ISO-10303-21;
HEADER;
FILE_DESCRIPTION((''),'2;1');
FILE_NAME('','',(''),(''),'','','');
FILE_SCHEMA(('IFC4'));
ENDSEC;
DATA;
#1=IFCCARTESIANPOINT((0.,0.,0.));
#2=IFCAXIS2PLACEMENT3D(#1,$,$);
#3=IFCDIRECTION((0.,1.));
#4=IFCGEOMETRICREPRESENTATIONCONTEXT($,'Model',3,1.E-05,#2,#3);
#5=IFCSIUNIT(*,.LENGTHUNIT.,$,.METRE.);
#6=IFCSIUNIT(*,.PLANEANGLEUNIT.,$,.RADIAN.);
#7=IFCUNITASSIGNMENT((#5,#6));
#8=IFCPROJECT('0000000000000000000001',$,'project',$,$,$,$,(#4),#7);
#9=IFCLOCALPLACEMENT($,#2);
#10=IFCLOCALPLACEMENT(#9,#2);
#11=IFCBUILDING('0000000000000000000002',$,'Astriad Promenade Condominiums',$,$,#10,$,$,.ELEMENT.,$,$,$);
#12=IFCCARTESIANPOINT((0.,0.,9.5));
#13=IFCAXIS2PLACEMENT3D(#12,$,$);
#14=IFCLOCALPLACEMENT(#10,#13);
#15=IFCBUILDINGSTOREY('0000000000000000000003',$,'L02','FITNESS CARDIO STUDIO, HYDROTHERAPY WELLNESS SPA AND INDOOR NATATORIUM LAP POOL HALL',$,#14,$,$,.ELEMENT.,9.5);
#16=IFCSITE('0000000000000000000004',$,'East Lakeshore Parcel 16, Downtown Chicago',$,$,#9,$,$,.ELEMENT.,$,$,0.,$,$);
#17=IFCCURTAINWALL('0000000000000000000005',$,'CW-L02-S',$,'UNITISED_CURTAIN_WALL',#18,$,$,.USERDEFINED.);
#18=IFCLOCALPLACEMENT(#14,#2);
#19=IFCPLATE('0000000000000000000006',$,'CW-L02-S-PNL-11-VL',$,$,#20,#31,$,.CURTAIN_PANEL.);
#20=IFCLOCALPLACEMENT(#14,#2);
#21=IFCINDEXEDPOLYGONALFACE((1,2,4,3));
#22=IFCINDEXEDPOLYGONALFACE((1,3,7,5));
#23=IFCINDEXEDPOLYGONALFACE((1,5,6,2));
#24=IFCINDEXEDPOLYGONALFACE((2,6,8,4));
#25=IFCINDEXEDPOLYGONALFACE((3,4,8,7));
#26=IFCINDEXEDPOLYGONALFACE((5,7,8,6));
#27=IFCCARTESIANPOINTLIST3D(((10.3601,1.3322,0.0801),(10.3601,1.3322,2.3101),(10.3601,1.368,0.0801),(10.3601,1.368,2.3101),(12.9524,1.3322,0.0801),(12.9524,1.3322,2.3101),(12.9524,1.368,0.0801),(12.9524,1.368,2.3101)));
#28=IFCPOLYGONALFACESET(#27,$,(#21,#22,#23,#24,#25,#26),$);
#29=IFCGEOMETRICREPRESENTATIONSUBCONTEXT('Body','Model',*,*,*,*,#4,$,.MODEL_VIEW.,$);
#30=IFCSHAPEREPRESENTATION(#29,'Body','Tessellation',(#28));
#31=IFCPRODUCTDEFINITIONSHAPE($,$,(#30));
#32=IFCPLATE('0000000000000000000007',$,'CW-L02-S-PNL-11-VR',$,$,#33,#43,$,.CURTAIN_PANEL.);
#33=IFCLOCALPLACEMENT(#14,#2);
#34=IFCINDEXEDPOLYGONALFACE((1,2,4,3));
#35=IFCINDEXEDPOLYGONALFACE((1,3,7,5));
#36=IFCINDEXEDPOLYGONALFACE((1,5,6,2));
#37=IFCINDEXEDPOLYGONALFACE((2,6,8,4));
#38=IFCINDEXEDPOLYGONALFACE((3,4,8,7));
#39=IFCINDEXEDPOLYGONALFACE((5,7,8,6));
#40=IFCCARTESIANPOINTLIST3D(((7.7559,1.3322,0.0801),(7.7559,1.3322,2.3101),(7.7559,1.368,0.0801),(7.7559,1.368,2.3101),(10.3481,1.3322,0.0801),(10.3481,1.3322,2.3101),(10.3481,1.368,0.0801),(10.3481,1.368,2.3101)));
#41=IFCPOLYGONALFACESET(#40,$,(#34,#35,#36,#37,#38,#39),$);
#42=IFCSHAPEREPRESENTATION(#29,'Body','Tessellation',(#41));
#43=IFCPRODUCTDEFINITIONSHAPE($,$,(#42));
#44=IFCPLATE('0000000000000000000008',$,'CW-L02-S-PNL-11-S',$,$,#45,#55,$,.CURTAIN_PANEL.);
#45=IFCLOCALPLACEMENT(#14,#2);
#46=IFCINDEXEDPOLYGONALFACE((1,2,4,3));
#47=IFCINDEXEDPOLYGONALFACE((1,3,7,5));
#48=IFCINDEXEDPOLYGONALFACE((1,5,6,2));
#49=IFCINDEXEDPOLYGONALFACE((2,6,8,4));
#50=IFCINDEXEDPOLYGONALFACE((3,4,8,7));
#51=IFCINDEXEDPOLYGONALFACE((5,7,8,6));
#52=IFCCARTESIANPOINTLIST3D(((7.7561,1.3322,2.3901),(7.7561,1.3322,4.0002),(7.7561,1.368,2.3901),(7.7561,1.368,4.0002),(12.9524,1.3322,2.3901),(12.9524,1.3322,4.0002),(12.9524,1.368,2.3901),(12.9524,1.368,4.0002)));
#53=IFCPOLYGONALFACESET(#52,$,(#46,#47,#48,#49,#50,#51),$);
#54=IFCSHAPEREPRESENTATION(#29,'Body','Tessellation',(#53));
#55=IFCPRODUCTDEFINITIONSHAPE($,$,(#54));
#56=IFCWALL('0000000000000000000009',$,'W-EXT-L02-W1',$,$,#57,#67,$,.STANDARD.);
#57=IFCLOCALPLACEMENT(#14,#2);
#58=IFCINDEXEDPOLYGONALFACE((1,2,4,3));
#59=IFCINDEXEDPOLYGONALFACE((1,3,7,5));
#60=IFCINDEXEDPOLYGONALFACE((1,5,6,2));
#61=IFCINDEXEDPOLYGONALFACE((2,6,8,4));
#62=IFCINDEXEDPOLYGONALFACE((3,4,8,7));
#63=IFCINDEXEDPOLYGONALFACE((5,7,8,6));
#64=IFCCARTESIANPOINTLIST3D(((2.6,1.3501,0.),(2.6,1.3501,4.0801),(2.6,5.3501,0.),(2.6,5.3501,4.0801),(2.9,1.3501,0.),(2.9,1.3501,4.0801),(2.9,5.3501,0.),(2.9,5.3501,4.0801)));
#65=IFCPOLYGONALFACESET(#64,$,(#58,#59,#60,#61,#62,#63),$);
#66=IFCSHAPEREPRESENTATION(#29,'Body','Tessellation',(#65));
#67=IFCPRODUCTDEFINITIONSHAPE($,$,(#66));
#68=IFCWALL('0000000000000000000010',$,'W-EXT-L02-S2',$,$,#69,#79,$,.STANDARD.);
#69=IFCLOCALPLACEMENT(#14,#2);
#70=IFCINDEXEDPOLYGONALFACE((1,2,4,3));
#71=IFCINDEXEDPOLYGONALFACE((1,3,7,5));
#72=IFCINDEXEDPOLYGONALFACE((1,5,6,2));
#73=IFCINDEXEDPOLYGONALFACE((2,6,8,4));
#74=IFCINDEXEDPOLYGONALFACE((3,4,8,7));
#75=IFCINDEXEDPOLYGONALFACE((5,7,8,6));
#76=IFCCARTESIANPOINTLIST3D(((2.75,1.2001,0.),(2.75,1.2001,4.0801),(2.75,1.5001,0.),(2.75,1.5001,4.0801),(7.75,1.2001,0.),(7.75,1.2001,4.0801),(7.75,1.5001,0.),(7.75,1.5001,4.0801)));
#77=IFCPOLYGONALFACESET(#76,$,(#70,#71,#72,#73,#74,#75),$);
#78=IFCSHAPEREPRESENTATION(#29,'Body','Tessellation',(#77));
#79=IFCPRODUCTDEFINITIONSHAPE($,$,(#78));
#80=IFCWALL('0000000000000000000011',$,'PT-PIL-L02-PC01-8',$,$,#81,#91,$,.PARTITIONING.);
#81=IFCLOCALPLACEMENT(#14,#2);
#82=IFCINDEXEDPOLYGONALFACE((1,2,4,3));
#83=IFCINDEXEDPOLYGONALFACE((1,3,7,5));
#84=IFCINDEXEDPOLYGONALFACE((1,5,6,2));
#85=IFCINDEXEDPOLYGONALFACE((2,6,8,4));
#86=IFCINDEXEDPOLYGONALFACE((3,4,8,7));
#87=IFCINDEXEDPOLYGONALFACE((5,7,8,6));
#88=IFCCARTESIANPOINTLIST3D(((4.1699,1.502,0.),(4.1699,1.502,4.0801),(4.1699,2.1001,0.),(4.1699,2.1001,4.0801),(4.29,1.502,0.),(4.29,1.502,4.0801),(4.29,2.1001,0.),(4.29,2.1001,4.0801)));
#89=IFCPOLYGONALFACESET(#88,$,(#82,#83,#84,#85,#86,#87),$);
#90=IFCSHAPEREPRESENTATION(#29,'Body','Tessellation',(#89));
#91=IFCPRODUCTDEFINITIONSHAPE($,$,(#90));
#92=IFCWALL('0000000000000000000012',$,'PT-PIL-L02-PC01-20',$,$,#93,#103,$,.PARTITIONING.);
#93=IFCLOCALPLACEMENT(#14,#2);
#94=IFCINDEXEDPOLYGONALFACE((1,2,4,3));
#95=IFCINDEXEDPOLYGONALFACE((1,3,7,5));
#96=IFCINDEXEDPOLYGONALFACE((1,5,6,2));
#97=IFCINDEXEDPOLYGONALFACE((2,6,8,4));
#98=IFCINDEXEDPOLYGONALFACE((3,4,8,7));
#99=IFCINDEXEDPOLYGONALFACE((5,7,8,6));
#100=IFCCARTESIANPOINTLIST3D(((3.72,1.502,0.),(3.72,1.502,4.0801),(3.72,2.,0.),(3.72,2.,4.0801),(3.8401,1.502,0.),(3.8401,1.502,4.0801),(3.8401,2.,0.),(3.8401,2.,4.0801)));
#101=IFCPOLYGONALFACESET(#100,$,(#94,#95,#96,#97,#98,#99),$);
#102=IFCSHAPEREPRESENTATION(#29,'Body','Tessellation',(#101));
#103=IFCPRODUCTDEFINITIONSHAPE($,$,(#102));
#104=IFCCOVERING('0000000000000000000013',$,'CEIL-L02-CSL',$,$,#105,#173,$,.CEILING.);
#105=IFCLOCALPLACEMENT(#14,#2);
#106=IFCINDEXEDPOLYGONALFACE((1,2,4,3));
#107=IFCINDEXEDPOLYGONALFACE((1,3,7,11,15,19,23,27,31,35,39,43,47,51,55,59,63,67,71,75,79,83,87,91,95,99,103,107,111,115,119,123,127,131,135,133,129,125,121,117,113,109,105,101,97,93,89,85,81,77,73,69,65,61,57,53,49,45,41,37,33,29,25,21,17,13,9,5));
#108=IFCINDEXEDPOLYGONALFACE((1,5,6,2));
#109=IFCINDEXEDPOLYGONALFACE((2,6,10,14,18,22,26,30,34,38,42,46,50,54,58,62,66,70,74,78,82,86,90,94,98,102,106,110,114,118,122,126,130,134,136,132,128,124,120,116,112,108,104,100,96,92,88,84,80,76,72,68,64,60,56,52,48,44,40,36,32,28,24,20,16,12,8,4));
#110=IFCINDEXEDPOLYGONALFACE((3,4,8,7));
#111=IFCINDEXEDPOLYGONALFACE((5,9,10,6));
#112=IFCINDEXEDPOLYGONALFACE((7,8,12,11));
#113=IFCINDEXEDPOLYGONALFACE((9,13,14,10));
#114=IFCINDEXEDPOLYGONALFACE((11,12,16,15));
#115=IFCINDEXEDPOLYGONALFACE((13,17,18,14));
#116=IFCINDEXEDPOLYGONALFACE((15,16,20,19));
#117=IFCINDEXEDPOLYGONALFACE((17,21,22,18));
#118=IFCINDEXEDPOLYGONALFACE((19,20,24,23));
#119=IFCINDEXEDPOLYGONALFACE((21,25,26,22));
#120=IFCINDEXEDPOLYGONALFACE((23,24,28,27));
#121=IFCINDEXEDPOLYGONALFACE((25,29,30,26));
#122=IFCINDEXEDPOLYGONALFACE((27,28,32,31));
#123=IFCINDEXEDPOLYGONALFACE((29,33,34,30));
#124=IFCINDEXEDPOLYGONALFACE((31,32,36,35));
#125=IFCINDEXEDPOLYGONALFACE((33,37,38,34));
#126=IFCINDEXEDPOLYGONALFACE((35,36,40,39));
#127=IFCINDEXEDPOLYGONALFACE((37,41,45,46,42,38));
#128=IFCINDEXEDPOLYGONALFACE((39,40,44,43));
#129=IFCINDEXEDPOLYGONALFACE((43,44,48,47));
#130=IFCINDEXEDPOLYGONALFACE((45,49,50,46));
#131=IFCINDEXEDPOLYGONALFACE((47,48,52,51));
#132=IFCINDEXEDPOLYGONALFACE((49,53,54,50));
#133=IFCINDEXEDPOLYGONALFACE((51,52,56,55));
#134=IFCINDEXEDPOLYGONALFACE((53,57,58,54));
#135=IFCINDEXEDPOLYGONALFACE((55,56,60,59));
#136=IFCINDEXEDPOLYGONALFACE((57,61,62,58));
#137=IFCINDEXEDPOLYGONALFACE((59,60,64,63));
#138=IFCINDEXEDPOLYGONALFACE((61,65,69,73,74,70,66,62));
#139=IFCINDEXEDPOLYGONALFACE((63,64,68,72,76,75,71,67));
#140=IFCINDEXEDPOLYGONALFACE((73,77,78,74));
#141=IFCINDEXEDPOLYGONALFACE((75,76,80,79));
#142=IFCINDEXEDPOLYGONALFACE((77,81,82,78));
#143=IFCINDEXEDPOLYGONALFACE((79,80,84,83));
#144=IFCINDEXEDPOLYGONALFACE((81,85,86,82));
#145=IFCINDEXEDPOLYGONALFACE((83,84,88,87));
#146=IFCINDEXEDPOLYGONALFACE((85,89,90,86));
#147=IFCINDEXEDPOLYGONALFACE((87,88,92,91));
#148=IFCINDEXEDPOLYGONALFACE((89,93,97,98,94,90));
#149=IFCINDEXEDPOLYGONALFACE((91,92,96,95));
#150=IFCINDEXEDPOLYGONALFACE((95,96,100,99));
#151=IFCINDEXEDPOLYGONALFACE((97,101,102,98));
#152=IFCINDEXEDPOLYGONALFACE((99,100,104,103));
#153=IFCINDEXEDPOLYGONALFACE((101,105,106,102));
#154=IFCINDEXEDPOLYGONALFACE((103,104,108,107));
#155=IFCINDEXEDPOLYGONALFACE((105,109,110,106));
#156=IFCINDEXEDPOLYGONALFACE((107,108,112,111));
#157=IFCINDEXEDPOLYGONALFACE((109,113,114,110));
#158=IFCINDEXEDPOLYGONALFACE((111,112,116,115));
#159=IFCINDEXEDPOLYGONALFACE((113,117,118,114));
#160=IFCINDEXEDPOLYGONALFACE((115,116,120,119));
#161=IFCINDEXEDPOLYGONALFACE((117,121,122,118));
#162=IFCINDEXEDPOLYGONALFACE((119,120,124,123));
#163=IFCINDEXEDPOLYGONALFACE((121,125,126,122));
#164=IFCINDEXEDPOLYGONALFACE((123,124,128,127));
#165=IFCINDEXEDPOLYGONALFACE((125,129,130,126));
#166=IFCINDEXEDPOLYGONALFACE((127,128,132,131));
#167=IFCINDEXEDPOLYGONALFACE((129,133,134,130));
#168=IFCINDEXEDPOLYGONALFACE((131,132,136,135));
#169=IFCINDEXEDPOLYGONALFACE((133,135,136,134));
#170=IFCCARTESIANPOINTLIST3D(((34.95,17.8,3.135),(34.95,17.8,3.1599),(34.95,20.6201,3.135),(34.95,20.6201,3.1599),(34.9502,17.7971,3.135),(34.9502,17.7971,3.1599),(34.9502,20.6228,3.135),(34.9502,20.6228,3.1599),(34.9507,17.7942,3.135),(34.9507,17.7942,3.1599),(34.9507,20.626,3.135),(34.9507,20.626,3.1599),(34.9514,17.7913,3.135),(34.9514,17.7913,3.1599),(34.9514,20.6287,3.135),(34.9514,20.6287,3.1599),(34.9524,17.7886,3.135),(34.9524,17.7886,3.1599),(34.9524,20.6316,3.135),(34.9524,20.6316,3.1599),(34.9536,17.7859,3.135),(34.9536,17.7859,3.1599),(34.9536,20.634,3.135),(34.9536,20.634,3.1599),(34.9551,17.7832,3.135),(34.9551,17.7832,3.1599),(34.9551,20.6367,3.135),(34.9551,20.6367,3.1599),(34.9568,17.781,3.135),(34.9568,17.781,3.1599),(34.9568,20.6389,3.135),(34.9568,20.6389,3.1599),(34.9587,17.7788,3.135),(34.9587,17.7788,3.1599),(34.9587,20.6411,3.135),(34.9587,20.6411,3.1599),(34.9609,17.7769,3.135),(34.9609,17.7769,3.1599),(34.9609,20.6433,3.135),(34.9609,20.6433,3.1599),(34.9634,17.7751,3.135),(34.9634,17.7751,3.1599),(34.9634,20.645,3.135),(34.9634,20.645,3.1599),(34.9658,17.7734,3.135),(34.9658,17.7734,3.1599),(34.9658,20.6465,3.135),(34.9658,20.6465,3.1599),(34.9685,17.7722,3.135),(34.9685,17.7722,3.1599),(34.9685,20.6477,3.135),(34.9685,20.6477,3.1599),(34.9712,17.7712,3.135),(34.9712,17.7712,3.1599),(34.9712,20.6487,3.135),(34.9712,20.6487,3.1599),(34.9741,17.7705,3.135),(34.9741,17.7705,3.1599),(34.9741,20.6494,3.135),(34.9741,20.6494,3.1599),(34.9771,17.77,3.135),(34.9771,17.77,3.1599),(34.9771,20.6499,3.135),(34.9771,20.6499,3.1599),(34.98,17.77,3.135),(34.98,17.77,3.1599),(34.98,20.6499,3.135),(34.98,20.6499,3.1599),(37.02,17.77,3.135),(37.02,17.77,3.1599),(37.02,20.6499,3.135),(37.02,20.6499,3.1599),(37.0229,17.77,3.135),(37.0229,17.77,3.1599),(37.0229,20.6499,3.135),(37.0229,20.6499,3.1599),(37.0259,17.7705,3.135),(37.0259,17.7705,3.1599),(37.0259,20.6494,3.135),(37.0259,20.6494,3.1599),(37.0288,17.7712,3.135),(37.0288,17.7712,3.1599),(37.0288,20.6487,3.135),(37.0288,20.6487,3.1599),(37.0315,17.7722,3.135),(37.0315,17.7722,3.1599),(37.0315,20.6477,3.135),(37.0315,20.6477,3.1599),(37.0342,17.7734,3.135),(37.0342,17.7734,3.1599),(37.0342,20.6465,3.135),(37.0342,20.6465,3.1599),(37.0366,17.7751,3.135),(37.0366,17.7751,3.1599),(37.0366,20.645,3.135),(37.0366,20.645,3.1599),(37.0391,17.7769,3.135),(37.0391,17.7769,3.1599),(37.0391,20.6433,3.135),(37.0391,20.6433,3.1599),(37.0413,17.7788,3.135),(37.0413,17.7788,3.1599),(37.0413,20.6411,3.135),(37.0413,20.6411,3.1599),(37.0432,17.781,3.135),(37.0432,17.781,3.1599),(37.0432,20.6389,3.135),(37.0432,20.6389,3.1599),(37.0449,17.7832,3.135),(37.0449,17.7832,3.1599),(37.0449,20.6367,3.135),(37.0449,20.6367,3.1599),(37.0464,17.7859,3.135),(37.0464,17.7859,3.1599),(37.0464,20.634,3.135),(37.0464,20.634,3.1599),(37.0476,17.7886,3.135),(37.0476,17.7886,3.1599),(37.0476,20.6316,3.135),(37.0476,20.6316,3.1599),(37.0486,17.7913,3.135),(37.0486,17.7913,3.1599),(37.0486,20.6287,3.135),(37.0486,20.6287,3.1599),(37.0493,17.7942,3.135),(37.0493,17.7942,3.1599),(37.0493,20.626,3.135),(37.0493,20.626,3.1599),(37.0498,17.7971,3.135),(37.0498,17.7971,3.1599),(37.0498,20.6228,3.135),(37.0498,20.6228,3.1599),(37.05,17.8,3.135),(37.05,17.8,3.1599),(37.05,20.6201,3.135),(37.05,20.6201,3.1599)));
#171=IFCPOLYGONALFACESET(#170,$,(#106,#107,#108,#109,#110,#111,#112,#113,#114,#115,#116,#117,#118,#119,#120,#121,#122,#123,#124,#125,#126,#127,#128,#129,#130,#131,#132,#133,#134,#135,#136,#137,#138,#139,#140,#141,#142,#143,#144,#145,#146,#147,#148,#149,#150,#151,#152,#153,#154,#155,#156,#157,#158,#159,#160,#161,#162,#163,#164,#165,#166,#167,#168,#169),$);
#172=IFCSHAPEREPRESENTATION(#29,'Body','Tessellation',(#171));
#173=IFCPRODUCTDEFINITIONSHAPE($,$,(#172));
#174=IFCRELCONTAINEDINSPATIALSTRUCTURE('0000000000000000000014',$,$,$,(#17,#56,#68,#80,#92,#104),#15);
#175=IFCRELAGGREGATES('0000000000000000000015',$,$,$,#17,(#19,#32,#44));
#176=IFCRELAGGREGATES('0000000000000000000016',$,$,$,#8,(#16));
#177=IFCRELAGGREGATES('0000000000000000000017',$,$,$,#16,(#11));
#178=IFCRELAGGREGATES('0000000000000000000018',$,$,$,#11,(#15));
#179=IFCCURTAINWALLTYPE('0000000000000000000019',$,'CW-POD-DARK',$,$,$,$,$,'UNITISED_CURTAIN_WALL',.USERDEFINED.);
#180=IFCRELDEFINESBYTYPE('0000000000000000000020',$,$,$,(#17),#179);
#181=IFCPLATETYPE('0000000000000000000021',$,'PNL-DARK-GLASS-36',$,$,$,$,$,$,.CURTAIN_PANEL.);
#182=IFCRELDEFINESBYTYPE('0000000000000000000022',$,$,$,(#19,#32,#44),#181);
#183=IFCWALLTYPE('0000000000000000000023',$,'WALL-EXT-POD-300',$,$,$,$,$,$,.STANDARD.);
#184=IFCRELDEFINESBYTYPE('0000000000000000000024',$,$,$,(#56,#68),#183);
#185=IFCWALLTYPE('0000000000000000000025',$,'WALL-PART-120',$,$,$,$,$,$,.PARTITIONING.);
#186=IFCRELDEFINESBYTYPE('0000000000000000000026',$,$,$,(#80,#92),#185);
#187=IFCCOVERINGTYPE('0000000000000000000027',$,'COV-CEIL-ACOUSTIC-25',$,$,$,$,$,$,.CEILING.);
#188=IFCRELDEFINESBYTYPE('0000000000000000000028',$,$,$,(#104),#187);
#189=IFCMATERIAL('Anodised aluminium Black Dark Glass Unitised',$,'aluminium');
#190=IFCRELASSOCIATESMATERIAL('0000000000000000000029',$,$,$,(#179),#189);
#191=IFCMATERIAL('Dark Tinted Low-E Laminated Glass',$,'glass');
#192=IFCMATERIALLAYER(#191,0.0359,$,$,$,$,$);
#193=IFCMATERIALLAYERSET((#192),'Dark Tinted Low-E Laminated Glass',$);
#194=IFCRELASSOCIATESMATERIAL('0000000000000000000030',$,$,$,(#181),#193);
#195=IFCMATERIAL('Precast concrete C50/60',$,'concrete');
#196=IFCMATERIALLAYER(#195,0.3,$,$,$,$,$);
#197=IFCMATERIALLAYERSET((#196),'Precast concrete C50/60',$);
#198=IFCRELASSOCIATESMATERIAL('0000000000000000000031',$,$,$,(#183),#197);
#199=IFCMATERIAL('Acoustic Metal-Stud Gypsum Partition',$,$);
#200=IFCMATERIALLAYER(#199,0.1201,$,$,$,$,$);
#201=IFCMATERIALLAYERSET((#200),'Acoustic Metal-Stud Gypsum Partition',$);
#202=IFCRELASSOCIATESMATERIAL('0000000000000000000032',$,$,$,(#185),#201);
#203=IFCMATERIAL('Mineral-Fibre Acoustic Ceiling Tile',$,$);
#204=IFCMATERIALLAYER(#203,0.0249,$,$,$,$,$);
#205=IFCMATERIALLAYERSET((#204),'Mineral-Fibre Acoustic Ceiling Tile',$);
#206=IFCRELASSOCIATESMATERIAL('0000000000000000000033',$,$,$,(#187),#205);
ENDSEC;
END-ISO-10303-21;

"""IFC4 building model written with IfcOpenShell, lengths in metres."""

from ifc_helpers import new_model, si_unit, direction, frame, frame_2d, origin, origin_2d, place, context, subcontext, project, spatial, polyline, rectangle, outline, extrude, source, transform, mapped, material, layer, layer_set, type_object, type_shapes, element, aggregate, save


model = new_model("IFC4")

# Units and contexts
model_context = context("Model", 3, precision=1e-05, world=origin(), true_north=direction((0.0, 1.0)))
body_context = subcontext(model_context, "Body", "Model", "MODEL_VIEW")
ifc_project = project(units=[si_unit("LENGTHUNIT", "METRE"), si_unit("PLANEANGLEUNIT", "RADIAN")], contexts=[model_context])

# Site, building, storey
site_placement = place(None, origin())
site = spatial("IfcSite", under=ifc_project, at=site_placement, Name="East Lakeshore Parcel 16, Downtown Chicago", CompositionType="ELEMENT", RefElevation=0.0)
building_placement = place(site_placement, origin())
building = spatial("IfcBuilding", under=site, at=building_placement, Name="Astriad Promenade Condominiums", CompositionType="ELEMENT")
storey_placement = place(building_placement, frame((0.0, 0.0, 9.5)))
storey = spatial("IfcBuildingStorey", under=building, at=storey_placement, Name="L02", Description="FITNESS CARDIO STUDIO, HYDROTHERAPY WELLNESS SPA AND INDOOR NATATORIUM LAP POOL HALL", CompositionType="ELEMENT", Elevation=9.5)

# Curtain wall
ifc_material_1 = material(Name="Anodised aluminium Black Dark Glass Unitised", Category="aluminium")
curtain_wall_type = type_object("IfcCurtainWallType", Name="CW-POD-DARK", ElementType="UNITISED_CURTAIN_WALL", PredefinedType="USERDEFINED", material=ifc_material_1)
curtain_wall_placement = place(storey_placement, origin())
curtain_wall = element("IfcCurtainWall", 1, at=curtain_wall_placement, inside=storey, type_object=curtain_wall_type, Name="CW-L02-S", ObjectType="UNITISED_CURTAIN_WALL", PredefinedType="USERDEFINED")

# Plates
ifc_material_2 = material(Name="Dark Tinted Low-E Laminated Glass", Category="glass")
ifc_layer_1 = layer(ifc_material_2, 0.0359)
ifc_layer_set_1 = layer_set([ifc_layer_1], Name="Dark Tinted Low-E Laminated Glass")
plate_type_1 = type_object("IfcPlateType", Name="PNL-DARK-GLASS-36", PredefinedType="CURTAIN_PANEL", material=ifc_layer_set_1)
shared_shape_1 = source(origin(), body_context, "Body", "SweptSolid", [
    extrude(rectangle(XDim=2.5923, YDim=0.0359, at=origin_2d()), origin(), (0.0, 0.0, 1.0), 2.23),
])
plate_1_placement = place(storey_placement, frame((11.6562, 1.3501, 0.0801), z_axis=(0.0, 0.0, 1.0), x_axis=(-1.0, 0.0, 0.0)))
plate_1 = element("IfcPlate", 2, at=plate_1_placement, type_object=plate_type_1, Name="CW-L02-S-PNL-11-VL", PredefinedType="CURTAIN_PANEL", context=body_context, shape_type="MappedRepresentation", body=[
    mapped(shared_shape_1, transform((0.0, 0.0, 0.0), scale=1.0)),
])
plate_2_placement = place(storey_placement, frame((9.052, 1.3501, 0.0801), z_axis=(0.0, 0.0, 1.0), x_axis=(-1.0, 0.0, 0.0)))
plate_2 = element("IfcPlate", 3, at=plate_2_placement, type_object=plate_type_1, Name="CW-L02-S-PNL-11-VR", PredefinedType="CURTAIN_PANEL", context=body_context, shape_type="MappedRepresentation", body=[
    mapped(shared_shape_1, transform((0.0, 0.0, 0.0), scale=1.0)),
])
shared_shape_2 = source(origin(), body_context, "Body", "SweptSolid", [
    extrude(rectangle(XDim=5.1963, YDim=0.0359, at=origin_2d()), origin(), (0.0, 0.0, 1.0), 1.6101),
])
type_shapes(plate_type_1, [shared_shape_1, shared_shape_2])
plate_3_placement = place(storey_placement, frame((10.3542, 1.3501, 2.3901), z_axis=(0.0, 0.0, 1.0), x_axis=(-1.0, 0.0, 0.0)))
plate_3 = element("IfcPlate", 4, at=plate_3_placement, type_object=plate_type_1, Name="CW-L02-S-PNL-11-S", PredefinedType="CURTAIN_PANEL", context=body_context, shape_type="MappedRepresentation", body=[
    mapped(shared_shape_2, transform((0.0, 0.0, 0.0), scale=1.0)),
])
aggregate(curtain_wall, [plate_1, plate_2, plate_3])

# Walls
ifc_material_3 = material(Name="Precast concrete C50/60", Category="concrete")
ifc_layer_2 = layer(ifc_material_3, 0.3)
ifc_layer_set_2 = layer_set([ifc_layer_2], Name="Precast concrete C50/60")
wall_type_1 = type_object("IfcWallType", Name="WALL-EXT-POD-300", PredefinedType="STANDARD", material=ifc_layer_set_2)
wall_1_placement = place(storey_placement, frame((2.75, 1.3501, 0.0), z_axis=(0.0, 0.0, 1.0), x_axis=(0.0, 1.0, 0.0)))
element("IfcWall", 5, at=wall_1_placement, inside=storey, type_object=wall_type_1, Name="W-EXT-L02-W1", PredefinedType="STANDARD", context=body_context, shape_type="SweptSolid", body=[
    extrude(rectangle(XDim=4.0, YDim=0.3, at=frame_2d((2.0, 0.0))), origin(), (0.0, 0.0, 1.0), 4.0801),
])
wall_2_placement = place(storey_placement, frame((7.75, 1.3501, 0.0), z_axis=(0.0, 0.0, 1.0), x_axis=(-1.0, 0.0, 0.0)))
element("IfcWall", 6, at=wall_2_placement, inside=storey, type_object=wall_type_1, Name="W-EXT-L02-S2", PredefinedType="STANDARD", context=body_context, shape_type="SweptSolid", body=[
    extrude(rectangle(XDim=5.0, YDim=0.3, at=frame_2d((2.5, 0.0))), origin(), (0.0, 0.0, 1.0), 4.0801),
])
ifc_material_4 = material(Name="Acoustic Metal-Stud Gypsum Partition")
ifc_layer_3 = layer(ifc_material_4, 0.1201)
ifc_layer_set_3 = layer_set([ifc_layer_3], Name="Acoustic Metal-Stud Gypsum Partition")
wall_type_2 = type_object("IfcWallType", Name="WALL-PART-120", PredefinedType="PARTITIONING", material=ifc_layer_set_3)
wall_3_placement = place(storey_placement, frame((4.23, 2.1001, 0.0), z_axis=(0.0, 0.0, 1.0), x_axis=(0.0, -1.0, 0.0)))
element("IfcWall", 7, at=wall_3_placement, inside=storey, type_object=wall_type_2, Name="PT-PIL-L02-PC01-8", PredefinedType="PARTITIONING", context=body_context, shape_type="SweptSolid", body=[
    extrude(rectangle(XDim=0.5981, YDim=0.1201, at=frame_2d((0.2991, 0.0))), origin(), (0.0, 0.0, 1.0), 4.0801),
])
wall_4_placement = place(storey_placement, frame((3.78, 2.0, 0.0), z_axis=(0.0, 0.0, 1.0), x_axis=(0.0, -1.0, 0.0)))
element("IfcWall", 8, at=wall_4_placement, inside=storey, type_object=wall_type_2, Name="PT-PIL-L02-PC01-20", PredefinedType="PARTITIONING", context=body_context, shape_type="SweptSolid", body=[
    extrude(rectangle(XDim=0.498, YDim=0.1201, at=frame_2d((0.249, 0.0))), origin(), (0.0, 0.0, 1.0), 4.0801),
])

# Covering
ifc_material_5 = material(Name="Mineral-Fibre Acoustic Ceiling Tile")
ifc_layer_4 = layer(ifc_material_5, 0.0249)
ifc_layer_set_4 = layer_set([ifc_layer_4], Name="Mineral-Fibre Acoustic Ceiling Tile")
covering_type_1 = type_object("IfcCoveringType", Name="COV-CEIL-ACOUSTIC-25", PredefinedType="CEILING", material=ifc_layer_set_4)
covering_1_placement = place(storey_placement, frame((0.0, 0.0, 3.135)))
element("IfcCovering", 9, at=covering_1_placement, inside=storey, type_object=covering_type_1, Name="CEIL-L02-CSL", PredefinedType="CEILING", context=body_context, shape_type="SweptSolid", body=[
    extrude(outline(polyline([(34.98, 17.77), (34.9771, 17.77), (34.9741, 17.7705), (34.9712, 17.7712), (34.9685, 17.7722), (34.9658, 17.7734), (34.9634, 17.7751), (34.9609, 17.7769), (34.9587, 17.7788), (34.9568, 17.781), (34.9551, 17.7832), (34.9536, 17.7859), (34.9524, 17.7886), (34.9514, 17.7913), (34.9507, 17.7942), (34.9502, 17.7971), (34.95, 17.8), (34.95, 20.6201), (34.9502, 20.6228), (34.9507, 20.626), (34.9514, 20.6287), (34.9524, 20.6316), (34.9536, 20.634), (34.9551, 20.6367), (34.9568, 20.6389), (34.9587, 20.6411), (34.9609, 20.6433), (34.9634, 20.645), (34.9658, 20.6465), (34.9685, 20.6477), (34.9712, 20.6487), (34.9741, 20.6494), (34.9771, 20.6499), (34.98, 20.6499), (37.02, 20.6499), (37.0229, 20.6499), (37.0259, 20.6494), (37.0288, 20.6487), (37.0315, 20.6477), (37.0342, 20.6465), (37.0366, 20.645), (37.0391, 20.6433), (37.0413, 20.6411), (37.0432, 20.6389), (37.0449, 20.6367), (37.0464, 20.634), (37.0476, 20.6316), (37.0486, 20.6287), (37.0493, 20.626), (37.0498, 20.6228), (37.05, 20.6201), (37.05, 17.8), (37.0498, 17.7971), (37.0493, 17.7942), (37.0486, 17.7913), (37.0476, 17.7886), (37.0464, 17.7859), (37.0449, 17.7832), (37.0432, 17.781), (37.0413, 17.7788), (37.0391, 17.7769), (37.0366, 17.7751), (37.0342, 17.7734), (37.0315, 17.7722), (37.0288, 17.7712), (37.0259, 17.7705), (37.0229, 17.77), (37.02, 17.77), (34.98, 17.77)])), origin(), (0.0, 0.0, 1.0), 0.0249),
])

save(model, "model.ifc")
